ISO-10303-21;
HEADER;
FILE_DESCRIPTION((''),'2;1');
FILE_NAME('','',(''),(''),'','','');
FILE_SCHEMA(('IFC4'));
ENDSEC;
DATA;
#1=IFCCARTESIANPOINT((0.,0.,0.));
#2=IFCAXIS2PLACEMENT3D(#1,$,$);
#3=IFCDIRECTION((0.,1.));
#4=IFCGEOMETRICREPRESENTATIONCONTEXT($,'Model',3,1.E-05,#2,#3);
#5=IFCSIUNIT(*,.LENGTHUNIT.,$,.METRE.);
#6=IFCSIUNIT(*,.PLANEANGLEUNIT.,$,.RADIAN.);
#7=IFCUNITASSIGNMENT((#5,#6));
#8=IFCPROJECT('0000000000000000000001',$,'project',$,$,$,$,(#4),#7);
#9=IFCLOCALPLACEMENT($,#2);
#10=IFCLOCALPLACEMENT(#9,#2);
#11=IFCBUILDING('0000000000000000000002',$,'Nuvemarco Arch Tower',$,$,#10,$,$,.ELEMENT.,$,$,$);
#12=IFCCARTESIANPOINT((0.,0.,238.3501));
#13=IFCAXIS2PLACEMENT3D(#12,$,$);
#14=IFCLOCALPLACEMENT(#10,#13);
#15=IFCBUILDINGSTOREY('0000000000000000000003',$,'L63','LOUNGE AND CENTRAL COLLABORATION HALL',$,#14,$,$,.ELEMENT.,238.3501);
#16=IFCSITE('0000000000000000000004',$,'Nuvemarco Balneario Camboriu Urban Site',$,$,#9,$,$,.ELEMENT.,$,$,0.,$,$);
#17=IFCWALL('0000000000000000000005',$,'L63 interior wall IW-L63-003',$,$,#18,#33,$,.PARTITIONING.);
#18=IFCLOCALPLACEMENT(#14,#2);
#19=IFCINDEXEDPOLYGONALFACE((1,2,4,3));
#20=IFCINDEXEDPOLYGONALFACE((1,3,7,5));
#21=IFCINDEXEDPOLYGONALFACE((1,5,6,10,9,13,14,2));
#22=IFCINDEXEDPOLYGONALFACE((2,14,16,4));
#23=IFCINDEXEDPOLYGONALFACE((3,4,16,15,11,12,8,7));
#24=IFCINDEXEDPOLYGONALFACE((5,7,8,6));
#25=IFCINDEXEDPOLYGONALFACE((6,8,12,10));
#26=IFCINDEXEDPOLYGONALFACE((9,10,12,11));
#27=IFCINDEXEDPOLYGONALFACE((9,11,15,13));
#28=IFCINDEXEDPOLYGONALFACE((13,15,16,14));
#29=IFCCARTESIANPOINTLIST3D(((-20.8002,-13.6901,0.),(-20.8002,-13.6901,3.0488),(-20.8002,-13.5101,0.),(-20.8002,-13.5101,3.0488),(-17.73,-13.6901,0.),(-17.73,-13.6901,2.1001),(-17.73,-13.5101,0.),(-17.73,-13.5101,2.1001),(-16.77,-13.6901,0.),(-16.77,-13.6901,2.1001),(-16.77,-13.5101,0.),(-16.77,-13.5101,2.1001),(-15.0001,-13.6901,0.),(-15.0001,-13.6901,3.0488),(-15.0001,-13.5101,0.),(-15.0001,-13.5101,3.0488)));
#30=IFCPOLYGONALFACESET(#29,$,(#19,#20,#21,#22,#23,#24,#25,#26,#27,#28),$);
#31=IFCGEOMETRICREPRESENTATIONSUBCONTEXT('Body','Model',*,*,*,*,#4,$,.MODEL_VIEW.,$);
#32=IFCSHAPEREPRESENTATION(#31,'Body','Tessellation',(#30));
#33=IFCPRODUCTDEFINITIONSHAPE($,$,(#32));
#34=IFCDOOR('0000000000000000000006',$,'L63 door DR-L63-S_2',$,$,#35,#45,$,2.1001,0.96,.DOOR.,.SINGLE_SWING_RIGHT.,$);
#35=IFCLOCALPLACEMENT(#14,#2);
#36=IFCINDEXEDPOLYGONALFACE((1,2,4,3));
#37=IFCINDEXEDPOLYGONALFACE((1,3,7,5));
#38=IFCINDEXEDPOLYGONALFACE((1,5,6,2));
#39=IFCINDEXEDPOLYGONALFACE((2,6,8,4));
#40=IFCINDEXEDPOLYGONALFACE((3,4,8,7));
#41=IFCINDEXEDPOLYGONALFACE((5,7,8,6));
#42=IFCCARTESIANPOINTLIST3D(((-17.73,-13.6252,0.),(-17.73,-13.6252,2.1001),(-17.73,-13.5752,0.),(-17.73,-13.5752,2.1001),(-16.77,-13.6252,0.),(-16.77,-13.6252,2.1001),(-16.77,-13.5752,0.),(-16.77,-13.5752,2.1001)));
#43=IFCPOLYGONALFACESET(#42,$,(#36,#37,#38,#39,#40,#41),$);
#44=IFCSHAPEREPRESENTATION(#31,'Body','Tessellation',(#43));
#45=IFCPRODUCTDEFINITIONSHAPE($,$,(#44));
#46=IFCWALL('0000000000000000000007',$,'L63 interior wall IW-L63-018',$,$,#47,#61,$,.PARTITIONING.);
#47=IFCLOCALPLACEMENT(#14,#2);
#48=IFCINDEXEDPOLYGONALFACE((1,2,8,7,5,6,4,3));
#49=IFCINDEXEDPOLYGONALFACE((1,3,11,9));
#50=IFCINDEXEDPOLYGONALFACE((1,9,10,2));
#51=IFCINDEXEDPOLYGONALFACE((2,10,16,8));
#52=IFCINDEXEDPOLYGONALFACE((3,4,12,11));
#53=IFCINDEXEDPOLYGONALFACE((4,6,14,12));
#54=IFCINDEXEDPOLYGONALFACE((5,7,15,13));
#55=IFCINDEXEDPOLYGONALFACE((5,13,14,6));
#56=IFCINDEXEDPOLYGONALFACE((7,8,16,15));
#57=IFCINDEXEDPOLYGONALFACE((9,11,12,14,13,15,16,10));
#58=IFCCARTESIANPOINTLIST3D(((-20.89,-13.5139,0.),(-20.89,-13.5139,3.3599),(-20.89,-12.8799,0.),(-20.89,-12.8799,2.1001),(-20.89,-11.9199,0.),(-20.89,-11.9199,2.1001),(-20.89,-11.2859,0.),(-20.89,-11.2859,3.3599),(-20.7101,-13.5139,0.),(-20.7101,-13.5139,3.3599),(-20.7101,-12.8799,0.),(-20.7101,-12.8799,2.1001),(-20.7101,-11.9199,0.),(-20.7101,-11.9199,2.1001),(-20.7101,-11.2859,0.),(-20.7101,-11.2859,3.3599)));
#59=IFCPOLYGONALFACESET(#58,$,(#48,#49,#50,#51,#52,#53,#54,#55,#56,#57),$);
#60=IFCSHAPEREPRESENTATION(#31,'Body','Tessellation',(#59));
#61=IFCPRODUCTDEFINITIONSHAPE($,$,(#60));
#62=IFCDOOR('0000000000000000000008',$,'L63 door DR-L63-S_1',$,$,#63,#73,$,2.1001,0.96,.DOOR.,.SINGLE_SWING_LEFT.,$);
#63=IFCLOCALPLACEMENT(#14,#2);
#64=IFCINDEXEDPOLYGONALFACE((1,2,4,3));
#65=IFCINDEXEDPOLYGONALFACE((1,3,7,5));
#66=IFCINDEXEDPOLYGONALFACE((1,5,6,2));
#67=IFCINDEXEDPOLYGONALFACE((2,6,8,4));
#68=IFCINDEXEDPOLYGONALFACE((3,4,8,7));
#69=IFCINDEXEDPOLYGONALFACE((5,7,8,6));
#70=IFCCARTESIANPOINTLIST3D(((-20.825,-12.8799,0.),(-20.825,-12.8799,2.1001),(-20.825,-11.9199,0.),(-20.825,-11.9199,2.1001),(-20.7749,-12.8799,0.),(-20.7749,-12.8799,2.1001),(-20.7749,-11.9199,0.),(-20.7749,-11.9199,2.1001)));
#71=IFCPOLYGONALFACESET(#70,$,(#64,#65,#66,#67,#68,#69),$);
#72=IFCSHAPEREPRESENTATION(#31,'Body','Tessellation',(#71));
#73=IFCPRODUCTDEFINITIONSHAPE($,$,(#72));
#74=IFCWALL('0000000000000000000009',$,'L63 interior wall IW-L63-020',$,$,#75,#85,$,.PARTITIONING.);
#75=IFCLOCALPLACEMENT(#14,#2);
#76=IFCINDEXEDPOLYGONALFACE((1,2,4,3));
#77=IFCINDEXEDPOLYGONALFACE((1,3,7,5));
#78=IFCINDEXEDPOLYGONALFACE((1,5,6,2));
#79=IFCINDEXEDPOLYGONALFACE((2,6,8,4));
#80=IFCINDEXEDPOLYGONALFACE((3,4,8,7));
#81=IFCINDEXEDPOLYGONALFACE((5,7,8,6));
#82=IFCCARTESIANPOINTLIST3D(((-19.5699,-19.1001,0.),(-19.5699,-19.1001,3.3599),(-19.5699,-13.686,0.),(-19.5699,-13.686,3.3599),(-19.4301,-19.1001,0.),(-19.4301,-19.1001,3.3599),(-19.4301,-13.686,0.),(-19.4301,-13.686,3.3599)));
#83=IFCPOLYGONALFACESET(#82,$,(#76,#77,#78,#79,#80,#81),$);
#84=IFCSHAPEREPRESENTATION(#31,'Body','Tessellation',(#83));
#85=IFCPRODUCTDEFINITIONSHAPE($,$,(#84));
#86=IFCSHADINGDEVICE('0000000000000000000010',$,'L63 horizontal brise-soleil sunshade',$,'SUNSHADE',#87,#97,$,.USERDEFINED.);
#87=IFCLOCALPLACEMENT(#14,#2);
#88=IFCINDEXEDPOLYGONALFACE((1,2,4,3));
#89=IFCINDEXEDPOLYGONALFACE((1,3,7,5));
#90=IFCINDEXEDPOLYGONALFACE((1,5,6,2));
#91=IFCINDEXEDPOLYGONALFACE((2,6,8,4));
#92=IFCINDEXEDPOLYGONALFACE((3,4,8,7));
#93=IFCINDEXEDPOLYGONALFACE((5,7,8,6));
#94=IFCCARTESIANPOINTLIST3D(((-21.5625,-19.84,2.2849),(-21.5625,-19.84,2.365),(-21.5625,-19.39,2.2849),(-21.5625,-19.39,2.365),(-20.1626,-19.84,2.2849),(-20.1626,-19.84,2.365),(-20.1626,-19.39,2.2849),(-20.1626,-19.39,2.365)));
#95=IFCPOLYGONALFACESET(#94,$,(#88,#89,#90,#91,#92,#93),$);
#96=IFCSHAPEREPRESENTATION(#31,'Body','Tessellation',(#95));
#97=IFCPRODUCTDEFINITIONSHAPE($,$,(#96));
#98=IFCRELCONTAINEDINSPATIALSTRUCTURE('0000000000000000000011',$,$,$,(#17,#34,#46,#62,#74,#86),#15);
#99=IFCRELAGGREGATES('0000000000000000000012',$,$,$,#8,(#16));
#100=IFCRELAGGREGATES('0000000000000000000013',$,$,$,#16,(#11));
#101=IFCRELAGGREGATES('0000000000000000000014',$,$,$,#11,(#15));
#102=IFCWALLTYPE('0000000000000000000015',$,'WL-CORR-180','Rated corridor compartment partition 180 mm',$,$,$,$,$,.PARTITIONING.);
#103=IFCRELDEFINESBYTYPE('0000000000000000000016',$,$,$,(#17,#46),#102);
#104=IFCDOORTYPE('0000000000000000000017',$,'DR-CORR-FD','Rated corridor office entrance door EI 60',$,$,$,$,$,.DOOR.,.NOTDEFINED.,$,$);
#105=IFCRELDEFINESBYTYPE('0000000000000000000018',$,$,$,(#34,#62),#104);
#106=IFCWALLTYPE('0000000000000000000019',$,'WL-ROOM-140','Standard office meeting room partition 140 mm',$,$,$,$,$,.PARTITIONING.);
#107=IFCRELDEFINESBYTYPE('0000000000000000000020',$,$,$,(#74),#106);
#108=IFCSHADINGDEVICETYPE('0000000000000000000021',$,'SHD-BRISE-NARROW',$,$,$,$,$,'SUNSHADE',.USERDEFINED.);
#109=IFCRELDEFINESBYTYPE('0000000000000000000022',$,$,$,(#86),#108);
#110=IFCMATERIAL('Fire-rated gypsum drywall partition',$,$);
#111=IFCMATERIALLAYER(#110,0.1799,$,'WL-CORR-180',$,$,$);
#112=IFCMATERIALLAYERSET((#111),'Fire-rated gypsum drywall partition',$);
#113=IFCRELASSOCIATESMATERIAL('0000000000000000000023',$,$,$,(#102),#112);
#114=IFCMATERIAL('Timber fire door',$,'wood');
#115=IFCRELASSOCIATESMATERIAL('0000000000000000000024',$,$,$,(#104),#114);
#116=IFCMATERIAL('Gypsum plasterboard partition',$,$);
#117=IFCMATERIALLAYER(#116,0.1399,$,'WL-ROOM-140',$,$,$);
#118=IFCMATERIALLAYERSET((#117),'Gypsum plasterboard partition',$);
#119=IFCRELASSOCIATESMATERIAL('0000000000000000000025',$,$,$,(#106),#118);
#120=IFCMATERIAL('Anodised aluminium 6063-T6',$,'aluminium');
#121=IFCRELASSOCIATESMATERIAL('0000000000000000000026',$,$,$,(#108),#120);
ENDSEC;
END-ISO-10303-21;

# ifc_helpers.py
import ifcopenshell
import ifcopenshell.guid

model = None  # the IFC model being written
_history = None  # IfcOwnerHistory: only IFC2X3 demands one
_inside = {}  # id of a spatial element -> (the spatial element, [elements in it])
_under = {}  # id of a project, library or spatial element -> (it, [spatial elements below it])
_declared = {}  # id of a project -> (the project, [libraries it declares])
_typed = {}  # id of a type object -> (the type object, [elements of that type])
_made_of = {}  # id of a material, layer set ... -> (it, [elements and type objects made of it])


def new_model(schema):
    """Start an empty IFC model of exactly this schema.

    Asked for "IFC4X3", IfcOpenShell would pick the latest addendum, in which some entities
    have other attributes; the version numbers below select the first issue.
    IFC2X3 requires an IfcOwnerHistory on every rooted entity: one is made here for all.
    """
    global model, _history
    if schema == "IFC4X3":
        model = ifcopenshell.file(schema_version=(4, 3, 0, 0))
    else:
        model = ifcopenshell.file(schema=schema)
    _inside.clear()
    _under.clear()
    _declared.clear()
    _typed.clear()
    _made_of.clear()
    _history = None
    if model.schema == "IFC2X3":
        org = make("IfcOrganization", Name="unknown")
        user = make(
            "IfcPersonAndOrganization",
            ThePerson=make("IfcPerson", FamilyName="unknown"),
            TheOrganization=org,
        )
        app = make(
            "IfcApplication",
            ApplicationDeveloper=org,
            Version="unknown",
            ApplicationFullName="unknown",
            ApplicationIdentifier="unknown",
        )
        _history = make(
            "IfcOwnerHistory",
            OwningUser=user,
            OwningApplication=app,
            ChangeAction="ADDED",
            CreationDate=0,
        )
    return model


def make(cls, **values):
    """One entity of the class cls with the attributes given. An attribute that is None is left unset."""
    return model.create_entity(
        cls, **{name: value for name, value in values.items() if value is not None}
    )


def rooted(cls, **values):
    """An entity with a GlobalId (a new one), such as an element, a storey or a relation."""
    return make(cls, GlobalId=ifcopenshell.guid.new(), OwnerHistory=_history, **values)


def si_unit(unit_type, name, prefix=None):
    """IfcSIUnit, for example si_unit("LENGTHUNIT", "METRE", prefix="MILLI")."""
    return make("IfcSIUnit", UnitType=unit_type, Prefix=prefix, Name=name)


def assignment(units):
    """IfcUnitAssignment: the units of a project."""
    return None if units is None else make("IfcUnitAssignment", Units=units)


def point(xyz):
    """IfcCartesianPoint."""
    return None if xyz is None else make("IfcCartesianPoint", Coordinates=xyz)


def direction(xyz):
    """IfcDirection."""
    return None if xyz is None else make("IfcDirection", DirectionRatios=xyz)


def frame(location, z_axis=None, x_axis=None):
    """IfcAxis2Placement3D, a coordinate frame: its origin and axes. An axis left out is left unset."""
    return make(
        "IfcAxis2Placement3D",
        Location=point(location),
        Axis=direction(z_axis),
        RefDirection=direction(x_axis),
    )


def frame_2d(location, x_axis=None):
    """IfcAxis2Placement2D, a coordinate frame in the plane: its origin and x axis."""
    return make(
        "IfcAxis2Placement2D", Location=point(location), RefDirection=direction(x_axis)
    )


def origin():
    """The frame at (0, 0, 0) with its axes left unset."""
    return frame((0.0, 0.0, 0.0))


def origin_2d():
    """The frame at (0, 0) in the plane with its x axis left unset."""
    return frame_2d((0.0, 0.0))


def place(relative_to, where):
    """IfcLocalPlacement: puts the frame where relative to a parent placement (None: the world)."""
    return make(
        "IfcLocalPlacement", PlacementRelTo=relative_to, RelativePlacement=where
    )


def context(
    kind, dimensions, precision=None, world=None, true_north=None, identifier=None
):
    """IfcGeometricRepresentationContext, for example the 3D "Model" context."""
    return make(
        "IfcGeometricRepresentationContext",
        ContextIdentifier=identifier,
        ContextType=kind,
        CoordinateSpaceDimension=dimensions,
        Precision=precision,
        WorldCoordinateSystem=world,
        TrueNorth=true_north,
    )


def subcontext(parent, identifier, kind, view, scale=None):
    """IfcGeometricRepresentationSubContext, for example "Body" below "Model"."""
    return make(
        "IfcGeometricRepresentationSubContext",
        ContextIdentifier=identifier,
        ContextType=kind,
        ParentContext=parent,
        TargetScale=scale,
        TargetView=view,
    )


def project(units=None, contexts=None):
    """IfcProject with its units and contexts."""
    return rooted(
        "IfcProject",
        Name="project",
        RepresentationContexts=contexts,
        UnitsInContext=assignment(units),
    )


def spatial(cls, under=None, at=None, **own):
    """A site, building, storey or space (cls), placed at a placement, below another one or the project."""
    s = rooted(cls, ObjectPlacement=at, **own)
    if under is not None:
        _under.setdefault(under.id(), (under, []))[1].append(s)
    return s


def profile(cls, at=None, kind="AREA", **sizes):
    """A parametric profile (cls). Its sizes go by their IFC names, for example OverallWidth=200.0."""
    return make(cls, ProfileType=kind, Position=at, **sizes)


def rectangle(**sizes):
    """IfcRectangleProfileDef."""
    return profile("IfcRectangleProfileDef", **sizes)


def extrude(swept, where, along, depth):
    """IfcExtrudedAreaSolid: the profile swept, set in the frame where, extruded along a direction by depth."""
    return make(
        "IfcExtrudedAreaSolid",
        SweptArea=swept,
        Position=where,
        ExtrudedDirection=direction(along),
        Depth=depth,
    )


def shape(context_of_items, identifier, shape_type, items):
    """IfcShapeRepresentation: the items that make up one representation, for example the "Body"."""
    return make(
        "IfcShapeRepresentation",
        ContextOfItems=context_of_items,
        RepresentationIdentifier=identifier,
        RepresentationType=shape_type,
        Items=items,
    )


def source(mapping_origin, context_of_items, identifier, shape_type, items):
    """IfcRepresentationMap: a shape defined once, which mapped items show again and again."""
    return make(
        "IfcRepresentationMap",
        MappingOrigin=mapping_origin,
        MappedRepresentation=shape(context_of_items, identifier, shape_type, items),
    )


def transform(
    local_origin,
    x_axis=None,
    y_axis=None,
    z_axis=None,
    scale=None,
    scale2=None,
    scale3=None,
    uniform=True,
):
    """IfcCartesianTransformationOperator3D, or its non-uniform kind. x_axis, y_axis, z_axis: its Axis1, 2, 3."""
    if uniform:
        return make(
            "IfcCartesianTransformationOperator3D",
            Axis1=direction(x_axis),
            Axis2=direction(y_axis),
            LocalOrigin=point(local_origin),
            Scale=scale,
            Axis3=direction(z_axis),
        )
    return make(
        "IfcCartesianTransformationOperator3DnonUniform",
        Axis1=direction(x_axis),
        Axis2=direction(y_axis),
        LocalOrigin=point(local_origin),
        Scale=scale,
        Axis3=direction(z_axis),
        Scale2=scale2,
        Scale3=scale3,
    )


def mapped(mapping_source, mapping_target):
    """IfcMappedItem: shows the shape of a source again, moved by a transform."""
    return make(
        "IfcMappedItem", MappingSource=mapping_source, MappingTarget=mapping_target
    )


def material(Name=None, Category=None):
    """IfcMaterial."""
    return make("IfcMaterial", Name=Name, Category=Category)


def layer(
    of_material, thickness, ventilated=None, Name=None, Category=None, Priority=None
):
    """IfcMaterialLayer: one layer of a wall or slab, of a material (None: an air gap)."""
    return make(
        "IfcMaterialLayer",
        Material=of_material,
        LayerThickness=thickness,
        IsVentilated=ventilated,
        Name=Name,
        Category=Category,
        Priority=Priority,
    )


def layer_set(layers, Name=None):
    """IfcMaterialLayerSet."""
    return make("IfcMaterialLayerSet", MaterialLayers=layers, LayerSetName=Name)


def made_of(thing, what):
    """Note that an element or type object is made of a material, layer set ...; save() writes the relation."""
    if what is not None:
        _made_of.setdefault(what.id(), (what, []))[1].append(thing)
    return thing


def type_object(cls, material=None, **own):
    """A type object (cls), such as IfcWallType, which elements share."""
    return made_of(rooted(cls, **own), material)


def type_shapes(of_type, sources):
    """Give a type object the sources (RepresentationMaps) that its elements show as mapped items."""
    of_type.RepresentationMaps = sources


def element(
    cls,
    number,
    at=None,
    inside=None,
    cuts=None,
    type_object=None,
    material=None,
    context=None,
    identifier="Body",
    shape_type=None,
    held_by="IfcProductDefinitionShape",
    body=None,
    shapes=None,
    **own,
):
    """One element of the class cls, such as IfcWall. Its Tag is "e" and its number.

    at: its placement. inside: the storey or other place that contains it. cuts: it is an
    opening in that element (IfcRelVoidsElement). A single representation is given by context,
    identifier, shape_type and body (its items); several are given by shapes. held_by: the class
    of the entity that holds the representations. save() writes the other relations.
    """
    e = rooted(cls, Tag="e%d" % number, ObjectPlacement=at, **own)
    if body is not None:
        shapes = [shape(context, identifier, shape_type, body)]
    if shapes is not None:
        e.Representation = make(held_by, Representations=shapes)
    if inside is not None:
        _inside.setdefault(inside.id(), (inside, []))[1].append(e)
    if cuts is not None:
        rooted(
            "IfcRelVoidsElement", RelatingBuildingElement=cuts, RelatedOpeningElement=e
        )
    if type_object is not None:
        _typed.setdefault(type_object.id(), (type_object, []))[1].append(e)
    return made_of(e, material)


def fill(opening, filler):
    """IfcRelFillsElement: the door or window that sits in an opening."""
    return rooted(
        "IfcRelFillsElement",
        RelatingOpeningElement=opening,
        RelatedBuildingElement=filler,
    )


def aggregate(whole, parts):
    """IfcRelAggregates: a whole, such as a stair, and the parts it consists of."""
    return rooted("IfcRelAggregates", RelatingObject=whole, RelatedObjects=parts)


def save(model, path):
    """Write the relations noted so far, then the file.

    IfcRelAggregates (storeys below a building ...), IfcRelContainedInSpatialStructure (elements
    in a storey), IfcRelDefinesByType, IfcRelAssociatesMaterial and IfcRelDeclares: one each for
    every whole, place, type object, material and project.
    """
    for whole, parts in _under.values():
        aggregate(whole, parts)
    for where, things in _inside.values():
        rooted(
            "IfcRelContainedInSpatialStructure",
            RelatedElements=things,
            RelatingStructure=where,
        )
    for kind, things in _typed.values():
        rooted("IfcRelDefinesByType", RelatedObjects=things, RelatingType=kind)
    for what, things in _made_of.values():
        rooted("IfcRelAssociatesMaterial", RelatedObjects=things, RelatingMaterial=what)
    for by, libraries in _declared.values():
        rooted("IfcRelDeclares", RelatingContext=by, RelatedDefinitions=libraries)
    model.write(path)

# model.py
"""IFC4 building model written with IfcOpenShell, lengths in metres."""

from ifc_helpers import new_model, si_unit, direction, frame, frame_2d, origin, origin_2d, place, context, subcontext, project, spatial, rectangle, extrude, source, transform, mapped, material, layer, layer_set, type_object, type_shapes, element, fill, save


model = new_model("IFC4")

# Units and contexts
model_context = context("Model", 3, precision=1e-05, world=origin(), true_north=direction((0.0, 1.0)))
body_context = subcontext(model_context, "Body", "Model", "MODEL_VIEW")
ifc_project = project(units=[si_unit("LENGTHUNIT", "METRE"), si_unit("PLANEANGLEUNIT", "RADIAN")], contexts=[model_context])

# Site, building, storey
site_placement = place(None, origin())
site = spatial("IfcSite", under=ifc_project, at=site_placement, Name="Nuvemarco Balneario Camboriu Urban Site", CompositionType="ELEMENT", RefElevation=0.0)
building_placement = place(site_placement, origin())
building = spatial("IfcBuilding", under=site, at=building_placement, Name="Nuvemarco Arch Tower", CompositionType="ELEMENT")
storey_placement = place(building_placement, frame((0.0, 0.0, 238.3501)))
storey = spatial("IfcBuildingStorey", under=building, at=storey_placement, Name="L63", Description="LOUNGE AND CENTRAL COLLABORATION HALL", CompositionType="ELEMENT", Elevation=238.3501)

# Walls, openings, doors
ifc_material_1 = material(Name="Fire-rated gypsum drywall partition")
ifc_layer_1 = layer(ifc_material_1, 0.1799, Name="WL-CORR-180")
ifc_layer_set_1 = layer_set([ifc_layer_1], Name="Fire-rated gypsum drywall partition")
wall_type_1 = type_object("IfcWallType", Name="WL-CORR-180", Description="Rated corridor compartment partition 180 mm", PredefinedType="PARTITIONING", material=ifc_layer_set_1)
wall_1_placement = place(storey_placement, frame((-20.8, -13.6001, 0.0), z_axis=(0.0, 0.0, 1.0), x_axis=(1.0, 0.0, 0.0)))
wall_1 = element("IfcWall", 1, at=wall_1_placement, inside=storey, type_object=wall_type_1, Name="L63 interior wall IW-L63-003", PredefinedType="PARTITIONING", context=body_context, shape_type="SweptSolid", body=[
    extrude(rectangle(XDim=5.8, YDim=0.1799, at=frame_2d((2.8999, 0.0))), origin(), (0.0, 0.0, 1.0), 3.0488),
])
opening_1_placement = place(wall_1_placement, frame((3.0701, 0.0, 0.0)))
opening_1 = element("IfcOpeningElement", 2, at=opening_1_placement, cuts=wall_1, PredefinedType="OPENING", context=body_context, shape_type="SweptSolid", body=[
    extrude(rectangle(XDim=0.96, YDim=2.1001, at=frame_2d((0.48, 1.05))), frame((0.0, 0.0999, 0.0), z_axis=(0.0, -1.0, 0.0), x_axis=(1.0, 0.0, 0.0)), (0.0, 0.0, 1.0), 0.2),
])
ifc_material_2 = material(Name="Timber fire door", Category="wood")
door_type = type_object("IfcDoorType", Name="DR-CORR-FD", Description="Rated corridor office entrance door EI 60", OperationType="NOTDEFINED", PredefinedType="DOOR", material=ifc_material_2)
shared_shape_1 = source(origin(), body_context, "Body", "SweptSolid", [
    extrude(rectangle(XDim=0.96, YDim=2.1001, at=frame_2d((0.48, 1.05))), frame((0.0, 0.0249, 0.0), z_axis=(0.0, -1.0, 0.0), x_axis=(1.0, 0.0, 0.0)), (0.0, 0.0, 1.0), 0.05),
])
type_shapes(door_type, [shared_shape_1])
door_1_placement = place(opening_1_placement, origin())
door_1 = element("IfcDoor", 3, at=door_1_placement, inside=storey, type_object=door_type, Name="L63 door DR-L63-S_2", OperationType="SINGLE_SWING_RIGHT", OverallHeight=2.1001, OverallWidth=0.96, PredefinedType="DOOR", context=body_context, shape_type="MappedRepresentation", body=[
    mapped(shared_shape_1, transform((0.0, 0.0, 0.0), scale=1.0)),
])
fill(opening_1, door_1)
wall_2_placement = place(storey_placement, frame((-20.8, -13.5139, 0.0), z_axis=(0.0, 0.0, 1.0), x_axis=(0.0, 1.0, 0.0)))
wall_2 = element("IfcWall", 4, at=wall_2_placement, inside=storey, type_object=wall_type_1, Name="L63 interior wall IW-L63-018", PredefinedType="PARTITIONING", context=body_context, shape_type="SweptSolid", body=[
    extrude(rectangle(XDim=2.228, YDim=0.1799, at=frame_2d((1.114, 0.0))), origin(), (0.0, 0.0, 1.0), 3.3599),
])
opening_2_placement = place(wall_2_placement, frame((0.634, 0.0, 0.0)))
opening_2 = element("IfcOpeningElement", 5, at=opening_2_placement, cuts=wall_2, PredefinedType="OPENING", context=body_context, shape_type="SweptSolid", body=[
    extrude(rectangle(XDim=0.96, YDim=2.1001, at=frame_2d((0.48, 1.05))), frame((0.0, 0.0999, 0.0), z_axis=(0.0, -1.0, 0.0), x_axis=(1.0, 0.0, 0.0)), (0.0, 0.0, 1.0), 0.2),
])
door_2_placement = place(opening_2_placement, origin())
door_2 = element("IfcDoor", 6, at=door_2_placement, inside=storey, type_object=door_type, Name="L63 door DR-L63-S_1", OperationType="SINGLE_SWING_LEFT", OverallHeight=2.1001, OverallWidth=0.96, PredefinedType="DOOR", context=body_context, shape_type="MappedRepresentation", body=[
    mapped(shared_shape_1, transform((0.0, 0.0, 0.0), scale=1.0)),
])
fill(opening_2, door_2)

# Wall
ifc_material_3 = material(Name="Gypsum plasterboard partition")
ifc_layer_2 = layer(ifc_material_3, 0.1399, Name="WL-ROOM-140")
ifc_layer_set_2 = layer_set([ifc_layer_2], Name="Gypsum plasterboard partition")
wall_type_2 = type_object("IfcWallType", Name="WL-ROOM-140", Description="Standard office meeting room partition 140 mm", PredefinedType="PARTITIONING", material=ifc_layer_set_2)
wall_3_placement = place(storey_placement, frame((-19.5, -19.1001, 0.0), z_axis=(0.0, 0.0, 1.0), x_axis=(0.0, 1.0, 0.0)))
element("IfcWall", 7, at=wall_3_placement, inside=storey, type_object=wall_type_2, Name="L63 interior wall IW-L63-020", PredefinedType="PARTITIONING", context=body_context, shape_type="SweptSolid", body=[
    extrude(rectangle(XDim=5.4141, YDim=0.1399, at=frame_2d((2.707, 0.0))), origin(), (0.0, 0.0, 1.0), 3.3599),
])

# Shading device
ifc_material_4 = material(Name="Anodised aluminium 6063-T6", Category="aluminium")
shading_device_type = type_object("IfcShadingDeviceType", Name="SHD-BRISE-NARROW", ElementType="SUNSHADE", PredefinedType="USERDEFINED", material=ifc_material_4)
shared_shape_2 = source(origin(), body_context, "Body", "SweptSolid", [
    extrude(rectangle(XDim=1.3999, YDim=0.45, at=origin_2d()), origin(), (0.0, 0.0, 1.0), 0.0801),
])
type_shapes(shading_device_type, [shared_shape_2])
shading_device_placement = place(storey_placement, frame((-20.8625, -19.615, 2.2849), z_axis=(0.0, 0.0, 1.0), x_axis=(1.0, 0.0, 0.0)))
element("IfcShadingDevice", 8, at=shading_device_placement, inside=storey, type_object=shading_device_type, Name="L63 horizontal brise-soleil sunshade", ObjectType="SUNSHADE", PredefinedType="USERDEFINED", context=body_context, shape_type="MappedRepresentation", body=[
    mapped(shared_shape_2, transform((0.0, 0.0, 0.0), scale=1.0)),
])

save(model, "model.ifc")
